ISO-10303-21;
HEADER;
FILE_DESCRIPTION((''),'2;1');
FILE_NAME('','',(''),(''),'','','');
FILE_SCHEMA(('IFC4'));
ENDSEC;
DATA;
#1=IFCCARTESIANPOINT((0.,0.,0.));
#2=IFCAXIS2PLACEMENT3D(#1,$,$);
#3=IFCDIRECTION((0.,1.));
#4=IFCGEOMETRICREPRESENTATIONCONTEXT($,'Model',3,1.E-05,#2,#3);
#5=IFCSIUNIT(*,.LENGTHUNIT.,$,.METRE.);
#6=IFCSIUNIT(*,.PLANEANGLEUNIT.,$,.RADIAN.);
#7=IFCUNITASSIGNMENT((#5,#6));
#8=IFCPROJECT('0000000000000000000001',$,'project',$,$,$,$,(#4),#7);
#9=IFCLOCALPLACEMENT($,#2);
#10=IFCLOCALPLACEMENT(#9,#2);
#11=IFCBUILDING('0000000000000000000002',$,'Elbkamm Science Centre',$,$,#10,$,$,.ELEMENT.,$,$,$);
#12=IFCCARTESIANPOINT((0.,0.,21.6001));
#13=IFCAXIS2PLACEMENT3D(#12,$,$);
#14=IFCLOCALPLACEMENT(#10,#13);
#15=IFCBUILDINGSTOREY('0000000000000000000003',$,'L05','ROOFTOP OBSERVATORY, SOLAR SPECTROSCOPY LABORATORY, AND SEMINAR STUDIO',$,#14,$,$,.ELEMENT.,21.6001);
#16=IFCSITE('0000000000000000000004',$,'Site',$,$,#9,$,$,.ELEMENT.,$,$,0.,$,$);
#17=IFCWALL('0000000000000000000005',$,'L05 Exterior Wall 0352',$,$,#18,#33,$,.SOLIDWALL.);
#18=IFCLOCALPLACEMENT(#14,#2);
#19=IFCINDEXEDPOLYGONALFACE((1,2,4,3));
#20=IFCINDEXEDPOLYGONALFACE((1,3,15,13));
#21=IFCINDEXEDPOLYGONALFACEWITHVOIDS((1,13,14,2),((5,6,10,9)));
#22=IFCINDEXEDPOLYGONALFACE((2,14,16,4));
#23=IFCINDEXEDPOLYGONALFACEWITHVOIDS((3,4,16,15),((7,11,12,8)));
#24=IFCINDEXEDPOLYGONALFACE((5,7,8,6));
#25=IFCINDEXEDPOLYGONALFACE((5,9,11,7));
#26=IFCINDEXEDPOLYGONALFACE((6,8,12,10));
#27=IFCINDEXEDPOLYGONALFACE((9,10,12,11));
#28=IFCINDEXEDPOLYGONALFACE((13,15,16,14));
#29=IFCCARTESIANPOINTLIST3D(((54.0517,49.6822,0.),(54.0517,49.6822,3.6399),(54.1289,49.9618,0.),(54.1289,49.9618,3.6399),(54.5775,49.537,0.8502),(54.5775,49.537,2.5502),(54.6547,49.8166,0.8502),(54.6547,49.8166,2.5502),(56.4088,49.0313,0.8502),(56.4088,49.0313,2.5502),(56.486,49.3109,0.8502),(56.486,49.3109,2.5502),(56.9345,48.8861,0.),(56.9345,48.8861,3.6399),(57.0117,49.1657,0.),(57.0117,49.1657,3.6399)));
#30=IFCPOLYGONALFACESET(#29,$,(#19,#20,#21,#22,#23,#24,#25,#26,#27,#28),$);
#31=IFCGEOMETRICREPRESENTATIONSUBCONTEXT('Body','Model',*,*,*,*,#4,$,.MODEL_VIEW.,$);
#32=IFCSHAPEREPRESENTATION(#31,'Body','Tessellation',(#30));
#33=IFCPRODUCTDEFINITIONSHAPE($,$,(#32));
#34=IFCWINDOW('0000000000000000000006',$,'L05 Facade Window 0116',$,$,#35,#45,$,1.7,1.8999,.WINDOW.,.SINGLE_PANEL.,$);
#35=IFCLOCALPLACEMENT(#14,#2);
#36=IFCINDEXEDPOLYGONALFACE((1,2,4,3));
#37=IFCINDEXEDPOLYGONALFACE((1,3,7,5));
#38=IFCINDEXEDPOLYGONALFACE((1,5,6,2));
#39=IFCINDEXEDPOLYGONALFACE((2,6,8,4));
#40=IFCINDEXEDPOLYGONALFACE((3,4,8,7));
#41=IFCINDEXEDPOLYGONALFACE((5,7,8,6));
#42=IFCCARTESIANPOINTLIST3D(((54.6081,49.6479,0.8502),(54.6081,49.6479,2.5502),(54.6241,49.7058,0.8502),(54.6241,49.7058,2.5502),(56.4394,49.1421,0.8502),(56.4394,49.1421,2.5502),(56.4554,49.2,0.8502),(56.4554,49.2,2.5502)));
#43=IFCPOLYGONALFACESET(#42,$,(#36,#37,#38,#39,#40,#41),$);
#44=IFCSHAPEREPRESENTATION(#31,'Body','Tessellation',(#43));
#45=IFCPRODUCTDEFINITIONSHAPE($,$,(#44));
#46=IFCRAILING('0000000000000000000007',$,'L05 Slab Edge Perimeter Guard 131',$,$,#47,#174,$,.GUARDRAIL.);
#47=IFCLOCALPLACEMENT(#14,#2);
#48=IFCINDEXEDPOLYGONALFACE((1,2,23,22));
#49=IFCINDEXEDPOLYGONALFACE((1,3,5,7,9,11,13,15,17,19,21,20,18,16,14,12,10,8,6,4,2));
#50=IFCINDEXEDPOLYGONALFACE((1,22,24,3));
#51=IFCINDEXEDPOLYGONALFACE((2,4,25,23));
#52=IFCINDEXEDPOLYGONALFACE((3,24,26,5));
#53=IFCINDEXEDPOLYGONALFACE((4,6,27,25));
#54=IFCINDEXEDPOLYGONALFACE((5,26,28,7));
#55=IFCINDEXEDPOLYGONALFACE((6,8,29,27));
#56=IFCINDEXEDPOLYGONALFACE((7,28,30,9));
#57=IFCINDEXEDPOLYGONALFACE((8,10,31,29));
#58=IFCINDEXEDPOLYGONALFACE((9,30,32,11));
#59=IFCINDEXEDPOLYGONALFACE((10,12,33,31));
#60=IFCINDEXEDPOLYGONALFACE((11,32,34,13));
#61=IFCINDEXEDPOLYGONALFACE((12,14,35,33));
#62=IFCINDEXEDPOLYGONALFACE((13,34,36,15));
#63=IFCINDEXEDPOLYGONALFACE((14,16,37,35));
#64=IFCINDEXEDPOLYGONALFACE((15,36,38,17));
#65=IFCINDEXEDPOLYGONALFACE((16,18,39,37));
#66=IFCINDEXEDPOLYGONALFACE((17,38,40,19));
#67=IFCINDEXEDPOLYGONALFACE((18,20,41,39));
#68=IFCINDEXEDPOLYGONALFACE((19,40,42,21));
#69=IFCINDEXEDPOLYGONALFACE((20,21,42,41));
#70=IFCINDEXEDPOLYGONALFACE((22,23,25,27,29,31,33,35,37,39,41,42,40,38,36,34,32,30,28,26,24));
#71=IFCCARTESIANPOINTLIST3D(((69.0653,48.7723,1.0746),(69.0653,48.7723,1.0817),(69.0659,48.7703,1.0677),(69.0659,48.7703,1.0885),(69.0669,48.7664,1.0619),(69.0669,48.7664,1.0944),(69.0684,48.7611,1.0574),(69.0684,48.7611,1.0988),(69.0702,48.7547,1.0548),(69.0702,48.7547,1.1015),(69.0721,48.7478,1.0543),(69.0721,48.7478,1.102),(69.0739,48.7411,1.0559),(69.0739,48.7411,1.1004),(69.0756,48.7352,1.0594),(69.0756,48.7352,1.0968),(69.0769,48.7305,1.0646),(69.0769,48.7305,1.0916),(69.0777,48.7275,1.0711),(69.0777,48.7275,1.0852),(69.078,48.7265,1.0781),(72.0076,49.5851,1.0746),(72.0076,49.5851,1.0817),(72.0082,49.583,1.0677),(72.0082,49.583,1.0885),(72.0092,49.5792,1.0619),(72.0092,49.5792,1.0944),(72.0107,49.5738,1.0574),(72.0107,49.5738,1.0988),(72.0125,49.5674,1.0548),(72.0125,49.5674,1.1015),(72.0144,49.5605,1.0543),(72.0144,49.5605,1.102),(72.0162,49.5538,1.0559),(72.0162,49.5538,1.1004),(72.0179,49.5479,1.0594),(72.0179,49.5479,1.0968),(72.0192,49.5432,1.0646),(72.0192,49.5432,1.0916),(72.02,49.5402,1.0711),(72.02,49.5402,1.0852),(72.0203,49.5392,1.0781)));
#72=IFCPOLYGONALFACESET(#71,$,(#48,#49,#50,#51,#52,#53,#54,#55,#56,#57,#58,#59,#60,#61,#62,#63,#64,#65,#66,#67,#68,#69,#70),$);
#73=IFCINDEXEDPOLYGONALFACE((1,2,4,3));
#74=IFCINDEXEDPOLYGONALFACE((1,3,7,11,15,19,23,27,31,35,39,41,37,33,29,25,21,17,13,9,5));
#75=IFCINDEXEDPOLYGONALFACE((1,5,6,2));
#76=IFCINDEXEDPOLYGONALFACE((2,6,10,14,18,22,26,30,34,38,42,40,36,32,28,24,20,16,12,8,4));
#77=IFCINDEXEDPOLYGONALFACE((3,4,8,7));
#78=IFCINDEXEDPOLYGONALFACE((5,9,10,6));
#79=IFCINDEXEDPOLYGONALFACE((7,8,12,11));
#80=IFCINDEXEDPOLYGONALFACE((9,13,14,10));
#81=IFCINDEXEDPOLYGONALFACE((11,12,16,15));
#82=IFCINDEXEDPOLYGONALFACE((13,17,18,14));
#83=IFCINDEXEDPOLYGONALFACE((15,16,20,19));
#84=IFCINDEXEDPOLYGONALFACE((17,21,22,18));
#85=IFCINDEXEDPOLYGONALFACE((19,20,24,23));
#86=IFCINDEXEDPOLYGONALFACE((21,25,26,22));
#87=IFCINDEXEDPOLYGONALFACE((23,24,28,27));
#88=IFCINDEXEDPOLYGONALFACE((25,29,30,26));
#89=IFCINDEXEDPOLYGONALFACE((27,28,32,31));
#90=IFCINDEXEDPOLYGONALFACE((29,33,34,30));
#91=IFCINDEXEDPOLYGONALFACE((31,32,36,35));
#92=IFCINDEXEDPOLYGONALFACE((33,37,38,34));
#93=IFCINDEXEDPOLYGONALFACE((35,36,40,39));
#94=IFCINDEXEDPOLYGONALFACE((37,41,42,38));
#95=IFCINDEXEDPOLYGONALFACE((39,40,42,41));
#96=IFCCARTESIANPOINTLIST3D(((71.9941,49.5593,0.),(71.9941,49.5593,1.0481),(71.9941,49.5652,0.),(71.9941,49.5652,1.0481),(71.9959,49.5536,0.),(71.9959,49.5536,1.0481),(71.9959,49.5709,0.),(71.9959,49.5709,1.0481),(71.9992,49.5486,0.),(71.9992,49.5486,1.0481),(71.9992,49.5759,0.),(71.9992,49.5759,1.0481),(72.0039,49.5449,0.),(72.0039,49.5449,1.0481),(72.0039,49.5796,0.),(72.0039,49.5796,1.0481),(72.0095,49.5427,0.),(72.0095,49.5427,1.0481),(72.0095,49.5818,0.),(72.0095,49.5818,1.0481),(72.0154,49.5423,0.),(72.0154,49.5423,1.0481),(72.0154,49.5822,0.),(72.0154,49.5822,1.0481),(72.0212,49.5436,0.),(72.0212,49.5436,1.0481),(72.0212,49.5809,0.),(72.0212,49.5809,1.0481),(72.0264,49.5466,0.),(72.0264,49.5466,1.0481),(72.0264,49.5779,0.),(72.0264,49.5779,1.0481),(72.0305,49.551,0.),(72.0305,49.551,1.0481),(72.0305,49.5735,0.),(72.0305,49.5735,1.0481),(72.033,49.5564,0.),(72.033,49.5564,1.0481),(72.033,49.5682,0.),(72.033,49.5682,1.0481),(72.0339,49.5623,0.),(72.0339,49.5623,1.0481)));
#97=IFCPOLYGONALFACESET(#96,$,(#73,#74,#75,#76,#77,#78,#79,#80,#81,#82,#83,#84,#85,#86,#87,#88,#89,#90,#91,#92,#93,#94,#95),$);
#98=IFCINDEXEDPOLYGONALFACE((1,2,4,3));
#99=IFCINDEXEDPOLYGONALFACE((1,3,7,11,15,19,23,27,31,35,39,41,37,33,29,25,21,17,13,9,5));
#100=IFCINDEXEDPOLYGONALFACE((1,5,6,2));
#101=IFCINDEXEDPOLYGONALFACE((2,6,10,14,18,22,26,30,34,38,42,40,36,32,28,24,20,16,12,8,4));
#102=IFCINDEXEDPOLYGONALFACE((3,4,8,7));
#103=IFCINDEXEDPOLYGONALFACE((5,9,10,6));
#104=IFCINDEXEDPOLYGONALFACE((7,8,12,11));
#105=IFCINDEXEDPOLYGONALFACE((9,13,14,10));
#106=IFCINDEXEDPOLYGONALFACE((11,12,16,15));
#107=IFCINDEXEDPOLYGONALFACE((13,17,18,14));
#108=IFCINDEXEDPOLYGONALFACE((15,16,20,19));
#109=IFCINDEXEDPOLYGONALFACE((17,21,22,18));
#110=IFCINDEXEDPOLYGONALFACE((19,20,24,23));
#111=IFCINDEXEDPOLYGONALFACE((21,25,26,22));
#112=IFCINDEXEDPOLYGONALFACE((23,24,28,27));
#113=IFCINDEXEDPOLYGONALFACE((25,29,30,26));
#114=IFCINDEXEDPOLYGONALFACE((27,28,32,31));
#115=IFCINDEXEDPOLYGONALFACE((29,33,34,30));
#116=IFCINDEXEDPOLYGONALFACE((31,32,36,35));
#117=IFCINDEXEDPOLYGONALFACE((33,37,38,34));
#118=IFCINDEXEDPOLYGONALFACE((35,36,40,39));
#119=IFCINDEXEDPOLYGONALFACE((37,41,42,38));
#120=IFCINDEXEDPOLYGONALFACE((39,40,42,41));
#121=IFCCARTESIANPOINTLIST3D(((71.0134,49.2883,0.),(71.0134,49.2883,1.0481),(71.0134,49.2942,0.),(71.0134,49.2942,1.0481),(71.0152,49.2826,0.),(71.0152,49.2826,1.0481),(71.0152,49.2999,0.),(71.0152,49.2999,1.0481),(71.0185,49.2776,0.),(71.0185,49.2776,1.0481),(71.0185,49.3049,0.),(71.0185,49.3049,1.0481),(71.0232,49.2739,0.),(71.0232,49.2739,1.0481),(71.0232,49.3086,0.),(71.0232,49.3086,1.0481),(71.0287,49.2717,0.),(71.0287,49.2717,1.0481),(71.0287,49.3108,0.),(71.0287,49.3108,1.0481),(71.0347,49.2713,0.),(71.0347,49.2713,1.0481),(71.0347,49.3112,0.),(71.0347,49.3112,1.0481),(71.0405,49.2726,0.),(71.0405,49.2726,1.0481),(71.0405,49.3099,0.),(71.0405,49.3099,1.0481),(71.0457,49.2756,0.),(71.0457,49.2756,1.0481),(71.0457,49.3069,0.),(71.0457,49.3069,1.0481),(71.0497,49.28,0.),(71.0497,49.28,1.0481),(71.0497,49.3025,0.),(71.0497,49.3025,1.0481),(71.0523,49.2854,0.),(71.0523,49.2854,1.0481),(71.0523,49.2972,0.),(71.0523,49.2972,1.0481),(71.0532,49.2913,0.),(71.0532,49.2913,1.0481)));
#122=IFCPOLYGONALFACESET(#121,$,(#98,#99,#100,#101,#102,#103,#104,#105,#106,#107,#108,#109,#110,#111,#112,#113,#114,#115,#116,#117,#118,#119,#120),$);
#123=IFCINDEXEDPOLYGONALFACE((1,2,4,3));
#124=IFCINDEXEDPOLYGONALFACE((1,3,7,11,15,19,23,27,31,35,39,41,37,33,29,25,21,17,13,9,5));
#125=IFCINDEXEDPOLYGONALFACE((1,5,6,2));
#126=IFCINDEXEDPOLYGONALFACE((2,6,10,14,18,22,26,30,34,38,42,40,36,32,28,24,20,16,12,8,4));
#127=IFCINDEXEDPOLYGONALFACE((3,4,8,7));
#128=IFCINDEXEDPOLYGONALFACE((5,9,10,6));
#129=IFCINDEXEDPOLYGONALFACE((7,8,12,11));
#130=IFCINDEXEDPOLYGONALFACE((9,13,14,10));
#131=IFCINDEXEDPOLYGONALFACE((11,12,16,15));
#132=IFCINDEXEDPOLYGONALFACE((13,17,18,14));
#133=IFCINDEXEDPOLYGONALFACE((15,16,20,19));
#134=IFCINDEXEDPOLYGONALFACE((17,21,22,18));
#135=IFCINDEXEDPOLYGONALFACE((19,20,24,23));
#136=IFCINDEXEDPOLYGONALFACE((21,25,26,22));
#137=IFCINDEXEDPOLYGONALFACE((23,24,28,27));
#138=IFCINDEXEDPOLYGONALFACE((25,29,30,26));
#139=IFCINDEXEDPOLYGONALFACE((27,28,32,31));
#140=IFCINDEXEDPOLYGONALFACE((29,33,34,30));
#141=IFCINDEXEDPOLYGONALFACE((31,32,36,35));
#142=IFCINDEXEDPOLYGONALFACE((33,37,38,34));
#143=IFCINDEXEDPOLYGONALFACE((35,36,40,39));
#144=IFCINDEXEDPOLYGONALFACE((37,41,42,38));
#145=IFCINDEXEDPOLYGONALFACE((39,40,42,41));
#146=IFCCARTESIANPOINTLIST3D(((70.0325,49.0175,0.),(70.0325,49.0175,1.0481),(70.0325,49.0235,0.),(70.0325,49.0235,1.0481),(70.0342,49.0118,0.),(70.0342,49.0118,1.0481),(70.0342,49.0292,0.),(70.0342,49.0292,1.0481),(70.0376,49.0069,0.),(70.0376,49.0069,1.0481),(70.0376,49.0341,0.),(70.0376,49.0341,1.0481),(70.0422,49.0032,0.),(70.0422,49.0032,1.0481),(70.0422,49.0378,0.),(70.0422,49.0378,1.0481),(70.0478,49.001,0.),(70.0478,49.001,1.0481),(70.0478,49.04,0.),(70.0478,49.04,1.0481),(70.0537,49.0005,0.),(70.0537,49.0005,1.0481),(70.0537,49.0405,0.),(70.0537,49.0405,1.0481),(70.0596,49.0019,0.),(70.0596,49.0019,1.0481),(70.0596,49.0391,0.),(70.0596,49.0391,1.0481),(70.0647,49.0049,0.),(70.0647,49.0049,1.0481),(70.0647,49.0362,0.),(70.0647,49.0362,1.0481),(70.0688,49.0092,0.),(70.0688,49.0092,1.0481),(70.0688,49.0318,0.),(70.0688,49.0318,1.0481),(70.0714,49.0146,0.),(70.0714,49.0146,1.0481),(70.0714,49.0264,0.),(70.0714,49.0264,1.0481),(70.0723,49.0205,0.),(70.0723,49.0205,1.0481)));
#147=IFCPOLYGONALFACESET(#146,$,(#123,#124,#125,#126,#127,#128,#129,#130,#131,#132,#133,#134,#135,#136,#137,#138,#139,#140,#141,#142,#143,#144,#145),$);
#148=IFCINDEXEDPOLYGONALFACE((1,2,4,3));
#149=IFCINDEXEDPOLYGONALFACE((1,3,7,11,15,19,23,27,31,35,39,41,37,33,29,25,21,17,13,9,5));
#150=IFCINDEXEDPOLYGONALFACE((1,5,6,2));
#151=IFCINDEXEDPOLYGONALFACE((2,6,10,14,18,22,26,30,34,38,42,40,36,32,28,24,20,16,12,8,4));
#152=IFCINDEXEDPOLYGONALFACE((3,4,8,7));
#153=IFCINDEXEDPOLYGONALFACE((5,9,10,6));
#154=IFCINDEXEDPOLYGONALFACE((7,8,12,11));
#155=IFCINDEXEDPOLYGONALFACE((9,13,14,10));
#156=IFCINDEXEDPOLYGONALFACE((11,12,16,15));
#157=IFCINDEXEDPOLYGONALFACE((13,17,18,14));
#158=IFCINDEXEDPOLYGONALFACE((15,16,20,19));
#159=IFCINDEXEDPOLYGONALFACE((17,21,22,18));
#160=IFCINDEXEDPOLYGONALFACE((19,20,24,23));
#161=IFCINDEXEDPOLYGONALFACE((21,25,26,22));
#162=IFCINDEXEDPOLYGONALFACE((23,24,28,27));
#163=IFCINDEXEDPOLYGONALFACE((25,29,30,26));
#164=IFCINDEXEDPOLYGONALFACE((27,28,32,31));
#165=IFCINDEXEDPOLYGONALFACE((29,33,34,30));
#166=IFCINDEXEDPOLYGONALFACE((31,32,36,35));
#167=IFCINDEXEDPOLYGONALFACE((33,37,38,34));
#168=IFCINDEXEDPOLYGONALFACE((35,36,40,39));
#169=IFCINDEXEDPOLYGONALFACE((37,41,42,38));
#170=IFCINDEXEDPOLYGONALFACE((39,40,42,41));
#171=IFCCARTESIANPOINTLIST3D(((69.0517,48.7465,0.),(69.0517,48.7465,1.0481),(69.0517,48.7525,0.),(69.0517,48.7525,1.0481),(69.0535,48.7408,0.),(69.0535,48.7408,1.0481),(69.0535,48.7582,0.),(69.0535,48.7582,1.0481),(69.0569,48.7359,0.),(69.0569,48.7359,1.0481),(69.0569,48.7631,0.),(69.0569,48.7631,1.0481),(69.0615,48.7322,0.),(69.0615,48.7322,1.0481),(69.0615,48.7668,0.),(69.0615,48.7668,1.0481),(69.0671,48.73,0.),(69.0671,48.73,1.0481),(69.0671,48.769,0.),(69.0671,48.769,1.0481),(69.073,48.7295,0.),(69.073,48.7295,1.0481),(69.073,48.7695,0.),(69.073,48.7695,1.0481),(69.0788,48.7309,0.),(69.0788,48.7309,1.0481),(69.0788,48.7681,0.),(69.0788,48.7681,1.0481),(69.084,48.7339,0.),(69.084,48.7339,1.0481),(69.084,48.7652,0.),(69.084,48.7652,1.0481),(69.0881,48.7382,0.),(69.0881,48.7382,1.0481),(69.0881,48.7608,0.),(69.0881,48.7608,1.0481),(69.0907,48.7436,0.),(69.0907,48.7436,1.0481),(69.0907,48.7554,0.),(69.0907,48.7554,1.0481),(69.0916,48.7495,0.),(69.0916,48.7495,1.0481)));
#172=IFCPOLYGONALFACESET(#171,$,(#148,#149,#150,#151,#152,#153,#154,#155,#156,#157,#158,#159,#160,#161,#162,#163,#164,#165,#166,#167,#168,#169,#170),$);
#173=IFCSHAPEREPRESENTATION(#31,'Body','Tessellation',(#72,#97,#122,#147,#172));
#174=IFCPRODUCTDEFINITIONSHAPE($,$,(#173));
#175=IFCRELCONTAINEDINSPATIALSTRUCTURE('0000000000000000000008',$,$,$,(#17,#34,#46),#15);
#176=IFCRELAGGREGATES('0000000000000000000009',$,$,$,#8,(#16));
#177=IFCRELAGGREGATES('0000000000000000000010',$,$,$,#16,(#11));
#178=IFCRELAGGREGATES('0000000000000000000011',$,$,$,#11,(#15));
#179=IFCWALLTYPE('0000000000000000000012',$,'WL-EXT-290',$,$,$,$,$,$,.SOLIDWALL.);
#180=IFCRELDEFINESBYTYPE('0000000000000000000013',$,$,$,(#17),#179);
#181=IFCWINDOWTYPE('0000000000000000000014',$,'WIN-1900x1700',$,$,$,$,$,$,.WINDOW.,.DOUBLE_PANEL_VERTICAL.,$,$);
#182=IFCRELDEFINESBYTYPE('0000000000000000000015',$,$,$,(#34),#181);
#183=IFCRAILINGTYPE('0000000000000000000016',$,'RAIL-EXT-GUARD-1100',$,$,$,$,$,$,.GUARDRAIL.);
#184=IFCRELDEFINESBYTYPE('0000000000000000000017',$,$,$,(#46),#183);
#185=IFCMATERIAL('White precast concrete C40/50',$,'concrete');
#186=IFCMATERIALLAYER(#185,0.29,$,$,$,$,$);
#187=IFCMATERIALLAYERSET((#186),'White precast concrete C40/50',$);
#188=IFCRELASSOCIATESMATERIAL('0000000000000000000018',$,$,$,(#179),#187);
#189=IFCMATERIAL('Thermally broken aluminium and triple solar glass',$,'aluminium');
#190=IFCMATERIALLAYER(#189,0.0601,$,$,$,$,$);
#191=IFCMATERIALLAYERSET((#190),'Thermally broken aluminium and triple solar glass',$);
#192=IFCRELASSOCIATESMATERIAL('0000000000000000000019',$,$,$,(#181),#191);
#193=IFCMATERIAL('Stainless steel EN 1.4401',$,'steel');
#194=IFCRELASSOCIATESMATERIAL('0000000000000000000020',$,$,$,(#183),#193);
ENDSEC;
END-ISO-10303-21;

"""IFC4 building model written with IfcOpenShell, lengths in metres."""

from ifc_helpers import new_model, si_unit, direction, frame, frame_2d, origin, origin_2d, place, context, subcontext, project, spatial, rectangle, circle, extrude, material, layer, layer_set, type_object, element, fill, save


model = new_model("IFC4")

# Units and contexts
model_context = context("Model", 3, precision=1e-05, world=origin(), true_north=direction((0.0, 1.0)))
body_context = subcontext(model_context, "Body", "Model", "MODEL_VIEW")
ifc_project = project(units=[si_unit("LENGTHUNIT", "METRE"), si_unit("PLANEANGLEUNIT", "RADIAN")], contexts=[model_context])

# Site, building, storey
site_placement = place(None, origin())
site = spatial("IfcSite", under=ifc_project, at=site_placement, Name="Site", CompositionType="ELEMENT", RefElevation=0.0)
building_placement = place(site_placement, origin())
building = spatial("IfcBuilding", under=site, at=building_placement, Name="Elbkamm Science Centre", CompositionType="ELEMENT")
storey_placement = place(building_placement, frame((0.0, 0.0, 21.6001)))
storey = spatial("IfcBuildingStorey", under=building, at=storey_placement, Name="L05", Description="ROOFTOP OBSERVATORY, SOLAR SPECTROSCOPY LABORATORY, AND SEMINAR STUDIO", CompositionType="ELEMENT", Elevation=21.6001)

# Shared definitions
ifc_material_1 = material(Name="White precast concrete C40/50", Category="concrete")
ifc_material_2 = material(Name="Thermally broken aluminium and triple solar glass", Category="aluminium")

# Wall, opening, window
ifc_layer_1 = layer(ifc_material_1, 0.29)
ifc_layer_set_1 = layer_set([ifc_layer_1], Name="White precast concrete C40/50")
wall_type_1 = type_object("IfcWallType", Name="WL-EXT-290", PredefinedType="SOLIDWALL", material=ifc_layer_set_1)
wall_1_placement = place(storey_placement, frame((56.9731, 49.0259, 0.0), z_axis=(0.0, 0.0, 1.0), x_axis=(-0.963917, 0.266204, 0.0)))
wall_1 = element("IfcWall", 1, at=wall_1_placement, inside=storey, type_object=wall_type_1, Name="L05 Exterior Wall 0352", PredefinedType="SOLIDWALL", context=body_context, shape_type="SweptSolid", body=[
    extrude(rectangle(XDim=2.9907, YDim=0.29, at=frame_2d((1.4954, 0.0))), origin(), (0.0, 0.0, 1.0), 3.6399),
])
opening_1_placement = place(wall_1_placement, frame((0.5454, 0.0, 0.8501)))
opening_1 = element("IfcOpeningElement", 2, at=opening_1_placement, cuts=wall_1, PredefinedType="OPENING", context=body_context, shape_type="SweptSolid", body=[
    extrude(rectangle(XDim=1.8999, YDim=1.7, at=frame_2d((0.95, 0.8501))), frame((0.0, 0.157, 0.0), z_axis=(0.0, -1.0, 0.0), x_axis=(1.0, 0.0, 0.0)), (0.0, 0.0, 1.0), 0.314),
])
ifc_layer_2 = layer(ifc_material_2, 0.0601)
ifc_layer_set_2 = layer_set([ifc_layer_2], Name="Thermally broken aluminium and triple solar glass")
window_type_1 = type_object("IfcWindowType", Name="WIN-1900x1700", PartitioningType="DOUBLE_PANEL_VERTICAL", PredefinedType="WINDOW", material=ifc_layer_set_2)
window_1_placement = place(opening_1_placement, origin())
window_1 = element("IfcWindow", 3, at=window_1_placement, inside=storey, type_object=window_type_1, Name="L05 Facade Window 0116", OverallHeight=1.7, OverallWidth=1.8999, PartitioningType="SINGLE_PANEL", PredefinedType="WINDOW", context=body_context, shape_type="SweptSolid", body=[
    extrude(rectangle(XDim=1.8999, YDim=1.7, at=frame_2d((0.95, 0.8501))), frame((0.0, 0.03, 0.0), z_axis=(0.0, -1.0, 0.0), x_axis=(1.0, 0.0, 0.0)), (0.0, 0.0, 1.0), 0.0601),
])
fill(opening_1, window_1)

# Railing
ifc_material_3 = material(Name="Stainless steel EN 1.4401", Category="steel")
railing_type = type_object("IfcRailingType", Name="RAIL-EXT-GUARD-1100", PredefinedType="GUARDRAIL", material=ifc_material_3)
railing_1_placement = place(storey_placement, frame((72.0139, 49.5623, 0.0)))
element("IfcRailing", 4, at=railing_1_placement, inside=storey, type_object=railing_type, Name="L05 Slab Edge Perimeter Guard 131", PredefinedType="GUARDRAIL", context=body_context, shape_type="SweptSolid", body=[
    extrude(circle(Radius=0.0239, at=origin_2d()), frame((0.0, 0.0, 1.0781), z_axis=(-0.963904, -0.266249, 0.0), x_axis=(0.266249, -0.963904, 0.0)), (0.0, 0.0, 1.0), 3.0525),
    extrude(circle(Radius=0.02, at=origin_2d()), origin(), (0.0, 0.0, 1.0), 1.0481),
    extrude(circle(Radius=0.02, at=origin_2d()), frame((-0.9807, -0.271, 0.0)), (0.0, 0.0, 1.0), 1.0481),
    extrude(circle(Radius=0.02, at=origin_2d()), frame((-1.9617, -0.5417, 0.0)), (0.0, 0.0, 1.0), 1.0481),
    extrude(circle(Radius=0.02, at=origin_2d()), frame((-2.9424, -0.8127, 0.0)), (0.0, 0.0, 1.0), 1.0481),
])

save(model, "model.ifc")
